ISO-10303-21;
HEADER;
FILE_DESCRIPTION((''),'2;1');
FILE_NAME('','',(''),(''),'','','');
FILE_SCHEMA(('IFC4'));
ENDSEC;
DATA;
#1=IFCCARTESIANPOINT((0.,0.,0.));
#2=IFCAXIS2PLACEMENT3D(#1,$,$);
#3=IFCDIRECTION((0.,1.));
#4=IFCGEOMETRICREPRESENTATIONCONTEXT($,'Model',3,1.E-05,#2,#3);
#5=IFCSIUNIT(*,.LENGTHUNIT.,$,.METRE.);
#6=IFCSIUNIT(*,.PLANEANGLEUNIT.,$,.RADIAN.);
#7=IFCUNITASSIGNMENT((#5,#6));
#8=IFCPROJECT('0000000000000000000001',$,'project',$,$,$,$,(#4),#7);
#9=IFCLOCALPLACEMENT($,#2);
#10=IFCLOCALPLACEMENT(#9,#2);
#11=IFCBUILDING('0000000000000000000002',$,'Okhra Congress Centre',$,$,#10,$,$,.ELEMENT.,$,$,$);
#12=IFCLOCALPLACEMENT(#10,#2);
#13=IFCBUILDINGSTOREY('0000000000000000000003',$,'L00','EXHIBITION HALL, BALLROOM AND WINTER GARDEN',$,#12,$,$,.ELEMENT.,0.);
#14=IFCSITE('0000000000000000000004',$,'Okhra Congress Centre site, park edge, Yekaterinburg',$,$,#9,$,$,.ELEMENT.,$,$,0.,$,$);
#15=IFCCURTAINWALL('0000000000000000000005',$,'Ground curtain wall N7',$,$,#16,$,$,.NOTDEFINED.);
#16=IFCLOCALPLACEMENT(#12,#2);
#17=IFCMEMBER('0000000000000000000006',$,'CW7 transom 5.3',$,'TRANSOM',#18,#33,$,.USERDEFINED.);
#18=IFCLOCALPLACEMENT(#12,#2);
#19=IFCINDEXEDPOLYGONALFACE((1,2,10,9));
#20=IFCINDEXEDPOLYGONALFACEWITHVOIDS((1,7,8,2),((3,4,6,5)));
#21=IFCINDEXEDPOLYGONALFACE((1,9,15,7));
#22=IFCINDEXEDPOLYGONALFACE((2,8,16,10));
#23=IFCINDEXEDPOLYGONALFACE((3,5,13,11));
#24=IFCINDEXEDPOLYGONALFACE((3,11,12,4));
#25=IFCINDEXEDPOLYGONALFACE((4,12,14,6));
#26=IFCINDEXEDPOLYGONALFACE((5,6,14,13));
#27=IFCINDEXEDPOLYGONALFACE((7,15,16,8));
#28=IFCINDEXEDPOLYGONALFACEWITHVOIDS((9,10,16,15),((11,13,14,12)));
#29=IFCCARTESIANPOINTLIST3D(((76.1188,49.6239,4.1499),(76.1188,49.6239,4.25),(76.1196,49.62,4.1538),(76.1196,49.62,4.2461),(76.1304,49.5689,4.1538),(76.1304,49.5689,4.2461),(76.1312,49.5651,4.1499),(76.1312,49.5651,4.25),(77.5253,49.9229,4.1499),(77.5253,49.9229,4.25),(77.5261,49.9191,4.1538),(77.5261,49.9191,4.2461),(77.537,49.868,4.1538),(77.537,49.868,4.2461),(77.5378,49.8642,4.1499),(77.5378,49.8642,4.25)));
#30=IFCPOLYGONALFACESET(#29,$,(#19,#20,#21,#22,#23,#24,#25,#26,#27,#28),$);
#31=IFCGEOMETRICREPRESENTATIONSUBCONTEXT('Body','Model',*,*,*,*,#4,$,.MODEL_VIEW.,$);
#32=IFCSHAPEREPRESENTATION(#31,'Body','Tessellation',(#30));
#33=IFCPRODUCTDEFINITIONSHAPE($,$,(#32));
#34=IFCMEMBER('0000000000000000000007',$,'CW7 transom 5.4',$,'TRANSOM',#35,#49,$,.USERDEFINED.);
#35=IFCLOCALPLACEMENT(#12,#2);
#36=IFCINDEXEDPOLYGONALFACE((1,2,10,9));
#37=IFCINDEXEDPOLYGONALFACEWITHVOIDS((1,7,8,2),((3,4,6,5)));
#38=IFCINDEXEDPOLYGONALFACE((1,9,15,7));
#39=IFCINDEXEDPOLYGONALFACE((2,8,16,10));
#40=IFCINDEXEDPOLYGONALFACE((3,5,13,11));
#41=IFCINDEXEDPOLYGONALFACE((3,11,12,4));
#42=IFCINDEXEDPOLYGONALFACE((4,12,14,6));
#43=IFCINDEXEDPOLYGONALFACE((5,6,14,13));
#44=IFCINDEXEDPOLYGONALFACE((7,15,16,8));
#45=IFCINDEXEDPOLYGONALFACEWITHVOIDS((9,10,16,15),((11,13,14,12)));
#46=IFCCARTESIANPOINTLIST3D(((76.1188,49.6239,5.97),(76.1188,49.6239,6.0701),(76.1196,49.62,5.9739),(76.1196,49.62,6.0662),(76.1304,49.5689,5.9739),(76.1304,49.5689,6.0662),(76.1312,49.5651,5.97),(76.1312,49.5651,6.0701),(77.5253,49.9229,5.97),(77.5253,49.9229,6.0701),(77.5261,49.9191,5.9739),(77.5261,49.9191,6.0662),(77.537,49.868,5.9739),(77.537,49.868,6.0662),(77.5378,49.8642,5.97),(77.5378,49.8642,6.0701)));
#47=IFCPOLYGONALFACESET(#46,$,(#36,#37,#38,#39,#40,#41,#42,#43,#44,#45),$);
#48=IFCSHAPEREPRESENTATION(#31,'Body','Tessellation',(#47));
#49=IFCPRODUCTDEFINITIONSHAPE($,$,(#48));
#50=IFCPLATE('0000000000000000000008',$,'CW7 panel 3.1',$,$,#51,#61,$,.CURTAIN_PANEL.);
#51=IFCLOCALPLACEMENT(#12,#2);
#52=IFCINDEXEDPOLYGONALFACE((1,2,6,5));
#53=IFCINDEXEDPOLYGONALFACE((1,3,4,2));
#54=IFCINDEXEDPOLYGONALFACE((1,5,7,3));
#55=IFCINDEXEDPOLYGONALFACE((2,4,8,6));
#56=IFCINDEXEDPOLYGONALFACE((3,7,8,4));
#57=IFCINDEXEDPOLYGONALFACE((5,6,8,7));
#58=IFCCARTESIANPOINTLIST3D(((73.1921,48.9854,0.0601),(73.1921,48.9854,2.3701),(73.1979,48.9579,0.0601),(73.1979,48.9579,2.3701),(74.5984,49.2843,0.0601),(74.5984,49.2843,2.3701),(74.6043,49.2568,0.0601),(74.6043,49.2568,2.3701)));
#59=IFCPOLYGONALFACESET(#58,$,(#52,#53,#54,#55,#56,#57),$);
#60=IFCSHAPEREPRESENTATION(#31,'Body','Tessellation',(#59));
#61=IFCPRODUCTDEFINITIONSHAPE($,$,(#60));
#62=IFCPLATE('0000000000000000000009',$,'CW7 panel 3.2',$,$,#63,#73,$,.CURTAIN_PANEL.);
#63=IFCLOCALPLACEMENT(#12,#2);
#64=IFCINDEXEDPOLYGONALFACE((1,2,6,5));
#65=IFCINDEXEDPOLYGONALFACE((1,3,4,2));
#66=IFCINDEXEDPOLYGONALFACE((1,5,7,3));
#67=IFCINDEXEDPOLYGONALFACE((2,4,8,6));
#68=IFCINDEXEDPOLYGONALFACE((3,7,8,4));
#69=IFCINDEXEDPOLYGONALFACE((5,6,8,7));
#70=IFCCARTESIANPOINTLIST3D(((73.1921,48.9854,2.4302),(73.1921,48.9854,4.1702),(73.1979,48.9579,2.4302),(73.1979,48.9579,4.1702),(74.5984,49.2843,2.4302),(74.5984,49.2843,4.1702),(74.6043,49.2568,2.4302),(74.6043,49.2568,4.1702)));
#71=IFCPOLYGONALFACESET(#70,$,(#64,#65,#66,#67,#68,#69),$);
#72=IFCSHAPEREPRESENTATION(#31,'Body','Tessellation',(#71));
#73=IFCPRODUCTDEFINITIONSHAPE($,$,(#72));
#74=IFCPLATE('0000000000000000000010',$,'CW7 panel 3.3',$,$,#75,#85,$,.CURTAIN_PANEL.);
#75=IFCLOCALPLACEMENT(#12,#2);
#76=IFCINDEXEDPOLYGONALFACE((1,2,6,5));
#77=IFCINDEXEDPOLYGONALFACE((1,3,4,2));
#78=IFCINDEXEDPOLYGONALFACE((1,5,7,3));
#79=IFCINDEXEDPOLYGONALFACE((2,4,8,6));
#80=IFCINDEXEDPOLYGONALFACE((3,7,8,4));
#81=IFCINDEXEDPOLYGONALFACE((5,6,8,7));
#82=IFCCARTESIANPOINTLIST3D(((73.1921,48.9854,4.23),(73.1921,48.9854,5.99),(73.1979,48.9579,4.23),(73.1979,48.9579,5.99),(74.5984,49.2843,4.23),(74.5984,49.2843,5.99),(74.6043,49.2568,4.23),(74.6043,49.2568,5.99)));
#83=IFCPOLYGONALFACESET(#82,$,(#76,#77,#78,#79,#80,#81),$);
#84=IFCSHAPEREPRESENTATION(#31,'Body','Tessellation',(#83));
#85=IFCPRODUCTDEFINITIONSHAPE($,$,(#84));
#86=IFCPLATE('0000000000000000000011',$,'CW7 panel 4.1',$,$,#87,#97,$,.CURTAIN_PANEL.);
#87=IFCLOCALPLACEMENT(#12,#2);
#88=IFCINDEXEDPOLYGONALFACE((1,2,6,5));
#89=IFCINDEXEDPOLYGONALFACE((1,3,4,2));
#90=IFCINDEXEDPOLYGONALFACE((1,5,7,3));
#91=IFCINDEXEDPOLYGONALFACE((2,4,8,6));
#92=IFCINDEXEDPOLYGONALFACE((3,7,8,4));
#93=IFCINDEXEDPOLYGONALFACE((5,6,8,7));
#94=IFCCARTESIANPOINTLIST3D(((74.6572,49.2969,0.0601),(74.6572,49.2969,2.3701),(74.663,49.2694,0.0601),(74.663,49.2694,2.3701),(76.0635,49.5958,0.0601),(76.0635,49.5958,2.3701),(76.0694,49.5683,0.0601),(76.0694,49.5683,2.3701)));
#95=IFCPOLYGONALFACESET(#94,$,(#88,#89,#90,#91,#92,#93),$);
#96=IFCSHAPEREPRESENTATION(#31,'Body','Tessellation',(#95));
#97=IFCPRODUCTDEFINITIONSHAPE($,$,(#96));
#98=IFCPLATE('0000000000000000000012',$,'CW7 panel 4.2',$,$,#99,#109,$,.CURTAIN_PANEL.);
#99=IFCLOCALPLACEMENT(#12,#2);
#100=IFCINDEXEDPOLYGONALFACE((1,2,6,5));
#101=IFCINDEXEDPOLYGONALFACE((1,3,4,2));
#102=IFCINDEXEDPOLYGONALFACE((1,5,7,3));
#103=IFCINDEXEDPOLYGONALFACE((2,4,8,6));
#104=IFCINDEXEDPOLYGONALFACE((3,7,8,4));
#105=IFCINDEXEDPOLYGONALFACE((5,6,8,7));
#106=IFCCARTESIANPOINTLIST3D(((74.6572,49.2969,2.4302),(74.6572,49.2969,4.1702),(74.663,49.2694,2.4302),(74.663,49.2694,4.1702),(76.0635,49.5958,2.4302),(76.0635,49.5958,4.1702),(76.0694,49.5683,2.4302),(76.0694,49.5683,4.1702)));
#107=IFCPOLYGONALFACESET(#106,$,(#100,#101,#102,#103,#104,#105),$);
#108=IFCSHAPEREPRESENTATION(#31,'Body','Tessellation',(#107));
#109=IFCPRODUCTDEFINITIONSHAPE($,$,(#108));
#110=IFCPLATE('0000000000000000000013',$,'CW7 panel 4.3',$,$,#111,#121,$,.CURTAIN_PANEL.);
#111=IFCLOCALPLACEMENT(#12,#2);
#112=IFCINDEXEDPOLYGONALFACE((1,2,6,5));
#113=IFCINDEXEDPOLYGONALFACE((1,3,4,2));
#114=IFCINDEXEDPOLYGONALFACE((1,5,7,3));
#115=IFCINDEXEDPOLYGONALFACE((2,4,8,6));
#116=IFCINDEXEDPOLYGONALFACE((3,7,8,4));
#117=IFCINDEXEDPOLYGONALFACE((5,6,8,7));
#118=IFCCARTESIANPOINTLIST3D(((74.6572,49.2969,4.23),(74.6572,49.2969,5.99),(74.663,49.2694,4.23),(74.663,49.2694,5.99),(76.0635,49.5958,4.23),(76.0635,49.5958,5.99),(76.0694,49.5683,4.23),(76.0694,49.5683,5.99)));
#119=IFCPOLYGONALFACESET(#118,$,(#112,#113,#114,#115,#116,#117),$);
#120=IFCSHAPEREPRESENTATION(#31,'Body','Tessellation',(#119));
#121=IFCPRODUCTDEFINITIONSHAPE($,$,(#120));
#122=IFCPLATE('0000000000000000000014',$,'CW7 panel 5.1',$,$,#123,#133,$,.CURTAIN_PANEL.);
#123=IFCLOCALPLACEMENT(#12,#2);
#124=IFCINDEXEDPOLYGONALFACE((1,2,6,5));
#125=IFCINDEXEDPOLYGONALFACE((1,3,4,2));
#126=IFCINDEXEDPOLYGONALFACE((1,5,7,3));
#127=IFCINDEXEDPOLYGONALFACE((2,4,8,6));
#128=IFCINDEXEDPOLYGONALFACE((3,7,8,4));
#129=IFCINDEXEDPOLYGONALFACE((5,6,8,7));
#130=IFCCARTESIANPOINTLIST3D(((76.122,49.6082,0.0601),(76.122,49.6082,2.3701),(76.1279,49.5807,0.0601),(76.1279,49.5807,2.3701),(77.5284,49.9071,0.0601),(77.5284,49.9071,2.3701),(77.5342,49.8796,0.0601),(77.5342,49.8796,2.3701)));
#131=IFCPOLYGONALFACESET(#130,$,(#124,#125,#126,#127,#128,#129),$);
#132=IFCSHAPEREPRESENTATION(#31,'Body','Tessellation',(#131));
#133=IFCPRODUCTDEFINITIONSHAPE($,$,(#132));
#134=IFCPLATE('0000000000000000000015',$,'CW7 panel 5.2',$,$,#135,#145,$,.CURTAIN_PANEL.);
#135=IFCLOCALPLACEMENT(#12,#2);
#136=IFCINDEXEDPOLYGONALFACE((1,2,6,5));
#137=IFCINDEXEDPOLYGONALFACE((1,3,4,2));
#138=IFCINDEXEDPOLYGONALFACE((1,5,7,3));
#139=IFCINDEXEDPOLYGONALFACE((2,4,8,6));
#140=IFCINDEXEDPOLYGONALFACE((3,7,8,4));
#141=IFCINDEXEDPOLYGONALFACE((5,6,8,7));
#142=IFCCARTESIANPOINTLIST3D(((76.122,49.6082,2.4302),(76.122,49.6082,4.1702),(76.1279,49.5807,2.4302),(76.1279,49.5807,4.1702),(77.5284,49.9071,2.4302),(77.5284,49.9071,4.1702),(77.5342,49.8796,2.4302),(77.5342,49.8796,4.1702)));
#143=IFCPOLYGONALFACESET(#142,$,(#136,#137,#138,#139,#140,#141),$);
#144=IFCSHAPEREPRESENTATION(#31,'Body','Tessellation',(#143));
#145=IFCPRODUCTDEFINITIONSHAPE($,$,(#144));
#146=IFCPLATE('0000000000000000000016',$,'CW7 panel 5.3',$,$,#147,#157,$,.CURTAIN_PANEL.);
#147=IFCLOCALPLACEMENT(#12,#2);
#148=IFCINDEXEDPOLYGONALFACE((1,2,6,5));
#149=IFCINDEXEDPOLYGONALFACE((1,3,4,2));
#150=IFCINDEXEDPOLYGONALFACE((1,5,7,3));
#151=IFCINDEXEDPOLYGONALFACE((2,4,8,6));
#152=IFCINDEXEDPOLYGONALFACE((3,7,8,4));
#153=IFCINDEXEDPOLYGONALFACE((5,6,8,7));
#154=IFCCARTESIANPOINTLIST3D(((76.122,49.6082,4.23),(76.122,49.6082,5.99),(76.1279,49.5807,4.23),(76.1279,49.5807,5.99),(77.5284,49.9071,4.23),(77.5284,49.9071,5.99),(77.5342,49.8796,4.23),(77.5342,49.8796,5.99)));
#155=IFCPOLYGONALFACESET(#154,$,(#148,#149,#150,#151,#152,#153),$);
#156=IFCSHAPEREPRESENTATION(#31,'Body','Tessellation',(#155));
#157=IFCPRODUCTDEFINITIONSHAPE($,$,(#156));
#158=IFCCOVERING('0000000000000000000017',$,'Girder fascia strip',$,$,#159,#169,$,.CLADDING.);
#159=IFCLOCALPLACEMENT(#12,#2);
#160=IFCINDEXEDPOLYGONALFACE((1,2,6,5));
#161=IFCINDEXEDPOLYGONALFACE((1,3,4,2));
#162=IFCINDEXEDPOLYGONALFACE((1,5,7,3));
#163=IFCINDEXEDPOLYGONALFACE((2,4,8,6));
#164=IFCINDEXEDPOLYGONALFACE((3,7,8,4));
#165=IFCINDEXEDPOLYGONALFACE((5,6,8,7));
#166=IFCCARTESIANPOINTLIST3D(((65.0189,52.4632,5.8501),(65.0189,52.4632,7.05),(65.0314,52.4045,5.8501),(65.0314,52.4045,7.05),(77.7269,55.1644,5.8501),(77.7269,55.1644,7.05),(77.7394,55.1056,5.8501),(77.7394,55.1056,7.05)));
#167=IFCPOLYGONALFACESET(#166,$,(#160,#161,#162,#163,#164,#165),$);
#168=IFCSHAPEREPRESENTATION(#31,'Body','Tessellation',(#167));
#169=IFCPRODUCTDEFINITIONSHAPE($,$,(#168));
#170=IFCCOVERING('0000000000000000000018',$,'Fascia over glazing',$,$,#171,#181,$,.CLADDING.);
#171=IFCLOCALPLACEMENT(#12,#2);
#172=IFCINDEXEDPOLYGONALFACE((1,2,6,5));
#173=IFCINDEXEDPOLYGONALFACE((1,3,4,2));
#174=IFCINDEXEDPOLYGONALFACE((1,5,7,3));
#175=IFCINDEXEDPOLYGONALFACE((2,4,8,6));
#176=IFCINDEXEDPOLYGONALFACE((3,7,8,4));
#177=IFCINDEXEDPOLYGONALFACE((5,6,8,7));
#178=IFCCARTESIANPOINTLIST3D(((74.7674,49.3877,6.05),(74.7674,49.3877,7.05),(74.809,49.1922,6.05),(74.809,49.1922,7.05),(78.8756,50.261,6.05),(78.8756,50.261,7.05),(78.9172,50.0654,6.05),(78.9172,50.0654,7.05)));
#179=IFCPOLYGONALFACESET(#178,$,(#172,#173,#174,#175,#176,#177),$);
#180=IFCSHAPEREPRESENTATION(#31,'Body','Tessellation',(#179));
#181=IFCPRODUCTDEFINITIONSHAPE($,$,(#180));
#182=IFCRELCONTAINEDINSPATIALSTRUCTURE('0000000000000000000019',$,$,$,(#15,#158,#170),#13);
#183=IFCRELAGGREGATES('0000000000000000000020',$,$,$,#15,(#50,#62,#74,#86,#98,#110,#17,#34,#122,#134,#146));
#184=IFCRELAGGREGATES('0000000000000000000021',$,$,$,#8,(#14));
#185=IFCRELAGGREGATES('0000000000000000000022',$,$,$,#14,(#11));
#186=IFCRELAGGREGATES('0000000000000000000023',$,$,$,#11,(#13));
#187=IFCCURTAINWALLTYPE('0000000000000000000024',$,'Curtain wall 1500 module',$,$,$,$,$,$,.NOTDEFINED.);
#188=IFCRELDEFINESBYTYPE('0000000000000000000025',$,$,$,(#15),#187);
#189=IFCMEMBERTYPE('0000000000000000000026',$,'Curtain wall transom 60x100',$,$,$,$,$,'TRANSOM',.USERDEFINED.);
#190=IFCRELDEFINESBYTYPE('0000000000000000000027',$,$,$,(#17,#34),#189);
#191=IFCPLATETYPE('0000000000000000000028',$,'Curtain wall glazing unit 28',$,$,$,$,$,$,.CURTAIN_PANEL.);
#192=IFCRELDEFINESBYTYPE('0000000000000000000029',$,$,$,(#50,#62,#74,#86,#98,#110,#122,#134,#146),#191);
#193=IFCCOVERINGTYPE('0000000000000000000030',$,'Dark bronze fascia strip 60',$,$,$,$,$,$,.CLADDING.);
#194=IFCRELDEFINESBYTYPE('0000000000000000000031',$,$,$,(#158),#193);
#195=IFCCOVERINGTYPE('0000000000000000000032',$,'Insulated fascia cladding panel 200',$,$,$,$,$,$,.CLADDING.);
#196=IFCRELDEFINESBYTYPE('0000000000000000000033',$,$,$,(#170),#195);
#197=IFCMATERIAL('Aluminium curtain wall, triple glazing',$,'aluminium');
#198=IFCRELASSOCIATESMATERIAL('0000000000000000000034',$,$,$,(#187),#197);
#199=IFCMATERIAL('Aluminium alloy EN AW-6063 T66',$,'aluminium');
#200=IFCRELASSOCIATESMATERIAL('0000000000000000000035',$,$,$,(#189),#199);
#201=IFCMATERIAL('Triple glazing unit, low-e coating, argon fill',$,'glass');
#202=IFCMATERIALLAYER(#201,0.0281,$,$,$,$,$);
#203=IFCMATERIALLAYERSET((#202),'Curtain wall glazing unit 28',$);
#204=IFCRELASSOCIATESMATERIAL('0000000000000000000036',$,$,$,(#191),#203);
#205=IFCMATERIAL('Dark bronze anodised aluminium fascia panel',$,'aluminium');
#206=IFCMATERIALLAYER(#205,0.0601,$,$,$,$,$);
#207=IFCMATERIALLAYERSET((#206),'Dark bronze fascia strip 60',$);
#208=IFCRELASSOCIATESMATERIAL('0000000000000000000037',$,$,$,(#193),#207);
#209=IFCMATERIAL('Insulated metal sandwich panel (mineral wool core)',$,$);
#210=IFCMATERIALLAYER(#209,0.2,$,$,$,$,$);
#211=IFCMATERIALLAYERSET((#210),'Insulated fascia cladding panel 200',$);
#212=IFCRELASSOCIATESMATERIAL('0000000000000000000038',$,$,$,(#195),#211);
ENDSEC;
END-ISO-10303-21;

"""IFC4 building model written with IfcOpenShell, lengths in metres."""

from ifc_helpers import new_model, si_unit, direction, frame, origin, origin_2d, place, context, subcontext, project, spatial, rectangle, hollow_rectangle, extrude, material, layer, layer_set, material_profile, profile_set, type_object, element, aggregate, save


model = new_model("IFC4")

# Units and contexts
model_context = context("Model", 3, precision=1e-05, world=origin(), true_north=direction((0.0, 1.0)))
body_context = subcontext(model_context, "Body", "Model", "MODEL_VIEW")
ifc_project = project(units=[si_unit("LENGTHUNIT", "METRE"), si_unit("PLANEANGLEUNIT", "RADIAN")], contexts=[model_context])

# Site, building, storey
site_placement = place(None, origin())
site = spatial("IfcSite", under=ifc_project, at=site_placement, Name="Okhra Congress Centre site, park edge, Yekaterinburg", CompositionType="ELEMENT", RefElevation=0.0)
building_placement = place(site_placement, origin())
building = spatial("IfcBuilding", under=site, at=building_placement, Name="Okhra Congress Centre", CompositionType="ELEMENT")
storey_placement = place(building_placement, origin())
storey = spatial("IfcBuildingStorey", under=building, at=storey_placement, Name="L00", Description="EXHIBITION HALL, BALLROOM AND WINTER GARDEN", CompositionType="ELEMENT", Elevation=0.0)

# Curtain wall, members, plates
ifc_material_1 = material(Name="Aluminium curtain wall, triple glazing", Category="aluminium")
curtain_wall_type = type_object("IfcCurtainWallType", Name="Curtain wall 1500 module", PredefinedType="NOTDEFINED", material=ifc_material_1)
curtain_wall_placement = place(storey_placement, origin())
curtain_wall = element("IfcCurtainWall", 1, at=curtain_wall_placement, inside=storey, type_object=curtain_wall_type, Name="Ground curtain wall N7", PredefinedType="NOTDEFINED")
ifc_material_2 = material(Name="Aluminium alloy EN AW-6063 T66", Category="aluminium")
ifc_material_profile_1 = material_profile(ifc_material_2, hollow_rectangle(XDim=0.0601, YDim=0.1001, WallThickness=0.0039, at=origin_2d()), Name="RHS 60x100x4")
ifc_profile_set_1 = profile_set([ifc_material_profile_1], Name="Aluminium alloy EN AW-6063 T66")
member_type_1 = type_object("IfcMemberType", Name="Curtain wall transom 60x100", ElementType="TRANSOM", PredefinedType="USERDEFINED", material=ifc_profile_set_1)
member_1_placement = place(storey_placement, frame((76.125, 49.5945, 4.2), z_axis=(0.978132, 0.207987, 0.0), x_axis=(-0.207987, 0.978132, 0.0)))
member_1 = element("IfcMember", 2, at=member_1_placement, type_object=member_type_1, Name="CW7 transom 5.3", ObjectType="TRANSOM", PredefinedType="USERDEFINED", context=body_context, shape_type="SweptSolid", body=[
    extrude(hollow_rectangle(XDim=0.0601, YDim=0.1001, WallThickness=0.0039, at=origin_2d()), origin(), (0.0, 0.0, 1.0), 1.438),
])
member_2_placement = place(storey_placement, frame((76.125, 49.5945, 6.02), z_axis=(0.978132, 0.207987, 0.0), x_axis=(-0.207987, 0.978132, 0.0)))
member_2 = element("IfcMember", 3, at=member_2_placement, type_object=member_type_1, Name="CW7 transom 5.4", ObjectType="TRANSOM", PredefinedType="USERDEFINED", context=body_context, shape_type="SweptSolid", body=[
    extrude(hollow_rectangle(XDim=0.0601, YDim=0.1001, WallThickness=0.0039, at=origin_2d()), origin(), (0.0, 0.0, 1.0), 1.438),
])
ifc_material_3 = material(Name="Triple glazing unit, low-e coating, argon fill", Category="glass")
ifc_layer_1 = layer(ifc_material_3, 0.0281)
ifc_layer_set_1 = layer_set([ifc_layer_1], Name="Curtain wall glazing unit 28")
plate_type = type_object("IfcPlateType", Name="Curtain wall glazing unit 28", PredefinedType="CURTAIN_PANEL", material=ifc_layer_set_1)
plate_1_placement = place(storey_placement, frame((73.8982, 49.1211, 0.0601), z_axis=(0.0, 0.0, 1.0), x_axis=(0.978148, 0.207912, 0.0)))
plate_1 = element("IfcPlate", 4, at=plate_1_placement, type_object=plate_type, Name="CW7 panel 3.1", PredefinedType="CURTAIN_PANEL", context=body_context, shape_type="SweptSolid", body=[
    extrude(rectangle(XDim=1.4377, YDim=0.0281, at=origin_2d()), origin(), (0.0, 0.0, 1.0), 2.3101),
])
plate_2_placement = place(storey_placement, frame((73.8982, 49.1211, 2.4302), z_axis=(0.0, 0.0, 1.0), x_axis=(0.978148, 0.207912, 0.0)))
plate_2 = element("IfcPlate", 5, at=plate_2_placement, type_object=plate_type, Name="CW7 panel 3.2", PredefinedType="CURTAIN_PANEL", context=body_context, shape_type="SweptSolid", body=[
    extrude(rectangle(XDim=1.4377, YDim=0.0281, at=origin_2d()), origin(), (0.0, 0.0, 1.0), 1.74),
])
plate_3_placement = place(storey_placement, frame((73.8982, 49.1211, 4.23), z_axis=(0.0, 0.0, 1.0), x_axis=(0.978148, 0.207912, 0.0)))
plate_3 = element("IfcPlate", 6, at=plate_3_placement, type_object=plate_type, Name="CW7 panel 3.3", PredefinedType="CURTAIN_PANEL", context=body_context, shape_type="SweptSolid", body=[
    extrude(rectangle(XDim=1.4377, YDim=0.0281, at=origin_2d()), origin(), (0.0, 0.0, 1.0), 1.76),
])
plate_4_placement = place(storey_placement, frame((75.3633, 49.4326, 0.0601), z_axis=(0.0, 0.0, 1.0), x_axis=(0.978148, 0.207912, 0.0)))
plate_4 = element("IfcPlate", 7, at=plate_4_placement, type_object=plate_type, Name="CW7 panel 4.1", PredefinedType="CURTAIN_PANEL", context=body_context, shape_type="SweptSolid", body=[
    extrude(rectangle(XDim=1.4377, YDim=0.0281, at=origin_2d()), origin(), (0.0, 0.0, 1.0), 2.3101),
])
plate_5_placement = place(storey_placement, frame((75.3633, 49.4326, 2.4302), z_axis=(0.0, 0.0, 1.0), x_axis=(0.978148, 0.207912, 0.0)))
plate_5 = element("IfcPlate", 8, at=plate_5_placement, type_object=plate_type, Name="CW7 panel 4.2", PredefinedType="CURTAIN_PANEL", context=body_context, shape_type="SweptSolid", body=[
    extrude(rectangle(XDim=1.4377, YDim=0.0281, at=origin_2d()), origin(), (0.0, 0.0, 1.0), 1.74),
])
plate_6_placement = place(storey_placement, frame((75.3633, 49.4326, 4.23), z_axis=(0.0, 0.0, 1.0), x_axis=(0.978148, 0.207912, 0.0)))
plate_6 = element("IfcPlate", 9, at=plate_6_placement, type_object=plate_type, Name="CW7 panel 4.3", PredefinedType="CURTAIN_PANEL", context=body_context, shape_type="SweptSolid", body=[
    extrude(rectangle(XDim=1.4377, YDim=0.0281, at=origin_2d()), origin(), (0.0, 0.0, 1.0), 1.76),
])
plate_7_placement = place(storey_placement, frame((76.8281, 49.7439, 0.0601), z_axis=(0.0, 0.0, 1.0), x_axis=(0.978148, 0.207912, 0.0)))
plate_7 = element("IfcPlate", 10, at=plate_7_placement, type_object=plate_type, Name="CW7 panel 5.1", PredefinedType="CURTAIN_PANEL", context=body_context, shape_type="SweptSolid", body=[
    extrude(rectangle(XDim=1.4377, YDim=0.0281, at=origin_2d()), origin(), (0.0, 0.0, 1.0), 2.3101),
])
plate_8_placement = place(storey_placement, frame((76.8281, 49.7439, 2.4302), z_axis=(0.0, 0.0, 1.0), x_axis=(0.978148, 0.207912, 0.0)))
plate_8 = element("IfcPlate", 11, at=plate_8_placement, type_object=plate_type, Name="CW7 panel 5.2", PredefinedType="CURTAIN_PANEL", context=body_context, shape_type="SweptSolid", body=[
    extrude(rectangle(XDim=1.4377, YDim=0.0281, at=origin_2d()), origin(), (0.0, 0.0, 1.0), 1.74),
])
plate_9_placement = place(storey_placement, frame((76.8281, 49.7439, 4.23), z_axis=(0.0, 0.0, 1.0), x_axis=(0.978148, 0.207912, 0.0)))
plate_9 = element("IfcPlate", 12, at=plate_9_placement, type_object=plate_type, Name="CW7 panel 5.3", PredefinedType="CURTAIN_PANEL", context=body_context, shape_type="SweptSolid", body=[
    extrude(rectangle(XDim=1.4377, YDim=0.0281, at=origin_2d()), origin(), (0.0, 0.0, 1.0), 1.76),
])
aggregate(curtain_wall, [plate_1, plate_2, plate_3, plate_4, plate_5, plate_6, member_1, member_2, plate_7, plate_8, plate_9])

# Coverings
ifc_material_4 = material(Name="Dark bronze anodised aluminium fascia panel", Category="aluminium")
ifc_layer_2 = layer(ifc_material_4, 0.0601)
ifc_layer_set_2 = layer_set([ifc_layer_2], Name="Dark bronze fascia strip 60")
covering_type_1 = type_object("IfcCoveringType", Name="Dark bronze fascia strip 60", PredefinedType="CLADDING", material=ifc_layer_set_2)
covering_1_placement = place(storey_placement, frame((71.3792, 53.7844, 5.8501), z_axis=(0.0, 0.0, 1.0), x_axis=(0.978148, 0.207912, 0.0)))
element("IfcCovering", 13, at=covering_1_placement, inside=storey, type_object=covering_type_1, Name="Girder fascia strip", PredefinedType="CLADDING", context=body_context, shape_type="SweptSolid", body=[
    extrude(rectangle(XDim=12.9919, YDim=0.0601, at=origin_2d()), origin(), (0.0, 0.0, 1.0), 1.2),
])
ifc_material_5 = material(Name="Insulated metal sandwich panel (mineral wool core)")
ifc_layer_3 = layer(ifc_material_5, 0.2)
ifc_layer_set_3 = layer_set([ifc_layer_3], Name="Insulated fascia cladding panel 200")
covering_type_2 = type_object("IfcCoveringType", Name="Insulated fascia cladding panel 200", PredefinedType="CLADDING", material=ifc_layer_set_3)
covering_2_placement = place(storey_placement, frame((76.8423, 49.7266, 6.05), z_axis=(0.0, 0.0, 1.0), x_axis=(0.978148, 0.207912, 0.0)))
element("IfcCovering", 14, at=covering_2_placement, inside=storey, type_object=covering_type_2, Name="Fascia over glazing", PredefinedType="CLADDING", context=body_context, shape_type="SweptSolid", body=[
    extrude(rectangle(XDim=4.2, YDim=0.2, at=origin_2d()), origin(), (0.0, 0.0, 1.0), 1.0),
])

save(model, "model.ifc")
